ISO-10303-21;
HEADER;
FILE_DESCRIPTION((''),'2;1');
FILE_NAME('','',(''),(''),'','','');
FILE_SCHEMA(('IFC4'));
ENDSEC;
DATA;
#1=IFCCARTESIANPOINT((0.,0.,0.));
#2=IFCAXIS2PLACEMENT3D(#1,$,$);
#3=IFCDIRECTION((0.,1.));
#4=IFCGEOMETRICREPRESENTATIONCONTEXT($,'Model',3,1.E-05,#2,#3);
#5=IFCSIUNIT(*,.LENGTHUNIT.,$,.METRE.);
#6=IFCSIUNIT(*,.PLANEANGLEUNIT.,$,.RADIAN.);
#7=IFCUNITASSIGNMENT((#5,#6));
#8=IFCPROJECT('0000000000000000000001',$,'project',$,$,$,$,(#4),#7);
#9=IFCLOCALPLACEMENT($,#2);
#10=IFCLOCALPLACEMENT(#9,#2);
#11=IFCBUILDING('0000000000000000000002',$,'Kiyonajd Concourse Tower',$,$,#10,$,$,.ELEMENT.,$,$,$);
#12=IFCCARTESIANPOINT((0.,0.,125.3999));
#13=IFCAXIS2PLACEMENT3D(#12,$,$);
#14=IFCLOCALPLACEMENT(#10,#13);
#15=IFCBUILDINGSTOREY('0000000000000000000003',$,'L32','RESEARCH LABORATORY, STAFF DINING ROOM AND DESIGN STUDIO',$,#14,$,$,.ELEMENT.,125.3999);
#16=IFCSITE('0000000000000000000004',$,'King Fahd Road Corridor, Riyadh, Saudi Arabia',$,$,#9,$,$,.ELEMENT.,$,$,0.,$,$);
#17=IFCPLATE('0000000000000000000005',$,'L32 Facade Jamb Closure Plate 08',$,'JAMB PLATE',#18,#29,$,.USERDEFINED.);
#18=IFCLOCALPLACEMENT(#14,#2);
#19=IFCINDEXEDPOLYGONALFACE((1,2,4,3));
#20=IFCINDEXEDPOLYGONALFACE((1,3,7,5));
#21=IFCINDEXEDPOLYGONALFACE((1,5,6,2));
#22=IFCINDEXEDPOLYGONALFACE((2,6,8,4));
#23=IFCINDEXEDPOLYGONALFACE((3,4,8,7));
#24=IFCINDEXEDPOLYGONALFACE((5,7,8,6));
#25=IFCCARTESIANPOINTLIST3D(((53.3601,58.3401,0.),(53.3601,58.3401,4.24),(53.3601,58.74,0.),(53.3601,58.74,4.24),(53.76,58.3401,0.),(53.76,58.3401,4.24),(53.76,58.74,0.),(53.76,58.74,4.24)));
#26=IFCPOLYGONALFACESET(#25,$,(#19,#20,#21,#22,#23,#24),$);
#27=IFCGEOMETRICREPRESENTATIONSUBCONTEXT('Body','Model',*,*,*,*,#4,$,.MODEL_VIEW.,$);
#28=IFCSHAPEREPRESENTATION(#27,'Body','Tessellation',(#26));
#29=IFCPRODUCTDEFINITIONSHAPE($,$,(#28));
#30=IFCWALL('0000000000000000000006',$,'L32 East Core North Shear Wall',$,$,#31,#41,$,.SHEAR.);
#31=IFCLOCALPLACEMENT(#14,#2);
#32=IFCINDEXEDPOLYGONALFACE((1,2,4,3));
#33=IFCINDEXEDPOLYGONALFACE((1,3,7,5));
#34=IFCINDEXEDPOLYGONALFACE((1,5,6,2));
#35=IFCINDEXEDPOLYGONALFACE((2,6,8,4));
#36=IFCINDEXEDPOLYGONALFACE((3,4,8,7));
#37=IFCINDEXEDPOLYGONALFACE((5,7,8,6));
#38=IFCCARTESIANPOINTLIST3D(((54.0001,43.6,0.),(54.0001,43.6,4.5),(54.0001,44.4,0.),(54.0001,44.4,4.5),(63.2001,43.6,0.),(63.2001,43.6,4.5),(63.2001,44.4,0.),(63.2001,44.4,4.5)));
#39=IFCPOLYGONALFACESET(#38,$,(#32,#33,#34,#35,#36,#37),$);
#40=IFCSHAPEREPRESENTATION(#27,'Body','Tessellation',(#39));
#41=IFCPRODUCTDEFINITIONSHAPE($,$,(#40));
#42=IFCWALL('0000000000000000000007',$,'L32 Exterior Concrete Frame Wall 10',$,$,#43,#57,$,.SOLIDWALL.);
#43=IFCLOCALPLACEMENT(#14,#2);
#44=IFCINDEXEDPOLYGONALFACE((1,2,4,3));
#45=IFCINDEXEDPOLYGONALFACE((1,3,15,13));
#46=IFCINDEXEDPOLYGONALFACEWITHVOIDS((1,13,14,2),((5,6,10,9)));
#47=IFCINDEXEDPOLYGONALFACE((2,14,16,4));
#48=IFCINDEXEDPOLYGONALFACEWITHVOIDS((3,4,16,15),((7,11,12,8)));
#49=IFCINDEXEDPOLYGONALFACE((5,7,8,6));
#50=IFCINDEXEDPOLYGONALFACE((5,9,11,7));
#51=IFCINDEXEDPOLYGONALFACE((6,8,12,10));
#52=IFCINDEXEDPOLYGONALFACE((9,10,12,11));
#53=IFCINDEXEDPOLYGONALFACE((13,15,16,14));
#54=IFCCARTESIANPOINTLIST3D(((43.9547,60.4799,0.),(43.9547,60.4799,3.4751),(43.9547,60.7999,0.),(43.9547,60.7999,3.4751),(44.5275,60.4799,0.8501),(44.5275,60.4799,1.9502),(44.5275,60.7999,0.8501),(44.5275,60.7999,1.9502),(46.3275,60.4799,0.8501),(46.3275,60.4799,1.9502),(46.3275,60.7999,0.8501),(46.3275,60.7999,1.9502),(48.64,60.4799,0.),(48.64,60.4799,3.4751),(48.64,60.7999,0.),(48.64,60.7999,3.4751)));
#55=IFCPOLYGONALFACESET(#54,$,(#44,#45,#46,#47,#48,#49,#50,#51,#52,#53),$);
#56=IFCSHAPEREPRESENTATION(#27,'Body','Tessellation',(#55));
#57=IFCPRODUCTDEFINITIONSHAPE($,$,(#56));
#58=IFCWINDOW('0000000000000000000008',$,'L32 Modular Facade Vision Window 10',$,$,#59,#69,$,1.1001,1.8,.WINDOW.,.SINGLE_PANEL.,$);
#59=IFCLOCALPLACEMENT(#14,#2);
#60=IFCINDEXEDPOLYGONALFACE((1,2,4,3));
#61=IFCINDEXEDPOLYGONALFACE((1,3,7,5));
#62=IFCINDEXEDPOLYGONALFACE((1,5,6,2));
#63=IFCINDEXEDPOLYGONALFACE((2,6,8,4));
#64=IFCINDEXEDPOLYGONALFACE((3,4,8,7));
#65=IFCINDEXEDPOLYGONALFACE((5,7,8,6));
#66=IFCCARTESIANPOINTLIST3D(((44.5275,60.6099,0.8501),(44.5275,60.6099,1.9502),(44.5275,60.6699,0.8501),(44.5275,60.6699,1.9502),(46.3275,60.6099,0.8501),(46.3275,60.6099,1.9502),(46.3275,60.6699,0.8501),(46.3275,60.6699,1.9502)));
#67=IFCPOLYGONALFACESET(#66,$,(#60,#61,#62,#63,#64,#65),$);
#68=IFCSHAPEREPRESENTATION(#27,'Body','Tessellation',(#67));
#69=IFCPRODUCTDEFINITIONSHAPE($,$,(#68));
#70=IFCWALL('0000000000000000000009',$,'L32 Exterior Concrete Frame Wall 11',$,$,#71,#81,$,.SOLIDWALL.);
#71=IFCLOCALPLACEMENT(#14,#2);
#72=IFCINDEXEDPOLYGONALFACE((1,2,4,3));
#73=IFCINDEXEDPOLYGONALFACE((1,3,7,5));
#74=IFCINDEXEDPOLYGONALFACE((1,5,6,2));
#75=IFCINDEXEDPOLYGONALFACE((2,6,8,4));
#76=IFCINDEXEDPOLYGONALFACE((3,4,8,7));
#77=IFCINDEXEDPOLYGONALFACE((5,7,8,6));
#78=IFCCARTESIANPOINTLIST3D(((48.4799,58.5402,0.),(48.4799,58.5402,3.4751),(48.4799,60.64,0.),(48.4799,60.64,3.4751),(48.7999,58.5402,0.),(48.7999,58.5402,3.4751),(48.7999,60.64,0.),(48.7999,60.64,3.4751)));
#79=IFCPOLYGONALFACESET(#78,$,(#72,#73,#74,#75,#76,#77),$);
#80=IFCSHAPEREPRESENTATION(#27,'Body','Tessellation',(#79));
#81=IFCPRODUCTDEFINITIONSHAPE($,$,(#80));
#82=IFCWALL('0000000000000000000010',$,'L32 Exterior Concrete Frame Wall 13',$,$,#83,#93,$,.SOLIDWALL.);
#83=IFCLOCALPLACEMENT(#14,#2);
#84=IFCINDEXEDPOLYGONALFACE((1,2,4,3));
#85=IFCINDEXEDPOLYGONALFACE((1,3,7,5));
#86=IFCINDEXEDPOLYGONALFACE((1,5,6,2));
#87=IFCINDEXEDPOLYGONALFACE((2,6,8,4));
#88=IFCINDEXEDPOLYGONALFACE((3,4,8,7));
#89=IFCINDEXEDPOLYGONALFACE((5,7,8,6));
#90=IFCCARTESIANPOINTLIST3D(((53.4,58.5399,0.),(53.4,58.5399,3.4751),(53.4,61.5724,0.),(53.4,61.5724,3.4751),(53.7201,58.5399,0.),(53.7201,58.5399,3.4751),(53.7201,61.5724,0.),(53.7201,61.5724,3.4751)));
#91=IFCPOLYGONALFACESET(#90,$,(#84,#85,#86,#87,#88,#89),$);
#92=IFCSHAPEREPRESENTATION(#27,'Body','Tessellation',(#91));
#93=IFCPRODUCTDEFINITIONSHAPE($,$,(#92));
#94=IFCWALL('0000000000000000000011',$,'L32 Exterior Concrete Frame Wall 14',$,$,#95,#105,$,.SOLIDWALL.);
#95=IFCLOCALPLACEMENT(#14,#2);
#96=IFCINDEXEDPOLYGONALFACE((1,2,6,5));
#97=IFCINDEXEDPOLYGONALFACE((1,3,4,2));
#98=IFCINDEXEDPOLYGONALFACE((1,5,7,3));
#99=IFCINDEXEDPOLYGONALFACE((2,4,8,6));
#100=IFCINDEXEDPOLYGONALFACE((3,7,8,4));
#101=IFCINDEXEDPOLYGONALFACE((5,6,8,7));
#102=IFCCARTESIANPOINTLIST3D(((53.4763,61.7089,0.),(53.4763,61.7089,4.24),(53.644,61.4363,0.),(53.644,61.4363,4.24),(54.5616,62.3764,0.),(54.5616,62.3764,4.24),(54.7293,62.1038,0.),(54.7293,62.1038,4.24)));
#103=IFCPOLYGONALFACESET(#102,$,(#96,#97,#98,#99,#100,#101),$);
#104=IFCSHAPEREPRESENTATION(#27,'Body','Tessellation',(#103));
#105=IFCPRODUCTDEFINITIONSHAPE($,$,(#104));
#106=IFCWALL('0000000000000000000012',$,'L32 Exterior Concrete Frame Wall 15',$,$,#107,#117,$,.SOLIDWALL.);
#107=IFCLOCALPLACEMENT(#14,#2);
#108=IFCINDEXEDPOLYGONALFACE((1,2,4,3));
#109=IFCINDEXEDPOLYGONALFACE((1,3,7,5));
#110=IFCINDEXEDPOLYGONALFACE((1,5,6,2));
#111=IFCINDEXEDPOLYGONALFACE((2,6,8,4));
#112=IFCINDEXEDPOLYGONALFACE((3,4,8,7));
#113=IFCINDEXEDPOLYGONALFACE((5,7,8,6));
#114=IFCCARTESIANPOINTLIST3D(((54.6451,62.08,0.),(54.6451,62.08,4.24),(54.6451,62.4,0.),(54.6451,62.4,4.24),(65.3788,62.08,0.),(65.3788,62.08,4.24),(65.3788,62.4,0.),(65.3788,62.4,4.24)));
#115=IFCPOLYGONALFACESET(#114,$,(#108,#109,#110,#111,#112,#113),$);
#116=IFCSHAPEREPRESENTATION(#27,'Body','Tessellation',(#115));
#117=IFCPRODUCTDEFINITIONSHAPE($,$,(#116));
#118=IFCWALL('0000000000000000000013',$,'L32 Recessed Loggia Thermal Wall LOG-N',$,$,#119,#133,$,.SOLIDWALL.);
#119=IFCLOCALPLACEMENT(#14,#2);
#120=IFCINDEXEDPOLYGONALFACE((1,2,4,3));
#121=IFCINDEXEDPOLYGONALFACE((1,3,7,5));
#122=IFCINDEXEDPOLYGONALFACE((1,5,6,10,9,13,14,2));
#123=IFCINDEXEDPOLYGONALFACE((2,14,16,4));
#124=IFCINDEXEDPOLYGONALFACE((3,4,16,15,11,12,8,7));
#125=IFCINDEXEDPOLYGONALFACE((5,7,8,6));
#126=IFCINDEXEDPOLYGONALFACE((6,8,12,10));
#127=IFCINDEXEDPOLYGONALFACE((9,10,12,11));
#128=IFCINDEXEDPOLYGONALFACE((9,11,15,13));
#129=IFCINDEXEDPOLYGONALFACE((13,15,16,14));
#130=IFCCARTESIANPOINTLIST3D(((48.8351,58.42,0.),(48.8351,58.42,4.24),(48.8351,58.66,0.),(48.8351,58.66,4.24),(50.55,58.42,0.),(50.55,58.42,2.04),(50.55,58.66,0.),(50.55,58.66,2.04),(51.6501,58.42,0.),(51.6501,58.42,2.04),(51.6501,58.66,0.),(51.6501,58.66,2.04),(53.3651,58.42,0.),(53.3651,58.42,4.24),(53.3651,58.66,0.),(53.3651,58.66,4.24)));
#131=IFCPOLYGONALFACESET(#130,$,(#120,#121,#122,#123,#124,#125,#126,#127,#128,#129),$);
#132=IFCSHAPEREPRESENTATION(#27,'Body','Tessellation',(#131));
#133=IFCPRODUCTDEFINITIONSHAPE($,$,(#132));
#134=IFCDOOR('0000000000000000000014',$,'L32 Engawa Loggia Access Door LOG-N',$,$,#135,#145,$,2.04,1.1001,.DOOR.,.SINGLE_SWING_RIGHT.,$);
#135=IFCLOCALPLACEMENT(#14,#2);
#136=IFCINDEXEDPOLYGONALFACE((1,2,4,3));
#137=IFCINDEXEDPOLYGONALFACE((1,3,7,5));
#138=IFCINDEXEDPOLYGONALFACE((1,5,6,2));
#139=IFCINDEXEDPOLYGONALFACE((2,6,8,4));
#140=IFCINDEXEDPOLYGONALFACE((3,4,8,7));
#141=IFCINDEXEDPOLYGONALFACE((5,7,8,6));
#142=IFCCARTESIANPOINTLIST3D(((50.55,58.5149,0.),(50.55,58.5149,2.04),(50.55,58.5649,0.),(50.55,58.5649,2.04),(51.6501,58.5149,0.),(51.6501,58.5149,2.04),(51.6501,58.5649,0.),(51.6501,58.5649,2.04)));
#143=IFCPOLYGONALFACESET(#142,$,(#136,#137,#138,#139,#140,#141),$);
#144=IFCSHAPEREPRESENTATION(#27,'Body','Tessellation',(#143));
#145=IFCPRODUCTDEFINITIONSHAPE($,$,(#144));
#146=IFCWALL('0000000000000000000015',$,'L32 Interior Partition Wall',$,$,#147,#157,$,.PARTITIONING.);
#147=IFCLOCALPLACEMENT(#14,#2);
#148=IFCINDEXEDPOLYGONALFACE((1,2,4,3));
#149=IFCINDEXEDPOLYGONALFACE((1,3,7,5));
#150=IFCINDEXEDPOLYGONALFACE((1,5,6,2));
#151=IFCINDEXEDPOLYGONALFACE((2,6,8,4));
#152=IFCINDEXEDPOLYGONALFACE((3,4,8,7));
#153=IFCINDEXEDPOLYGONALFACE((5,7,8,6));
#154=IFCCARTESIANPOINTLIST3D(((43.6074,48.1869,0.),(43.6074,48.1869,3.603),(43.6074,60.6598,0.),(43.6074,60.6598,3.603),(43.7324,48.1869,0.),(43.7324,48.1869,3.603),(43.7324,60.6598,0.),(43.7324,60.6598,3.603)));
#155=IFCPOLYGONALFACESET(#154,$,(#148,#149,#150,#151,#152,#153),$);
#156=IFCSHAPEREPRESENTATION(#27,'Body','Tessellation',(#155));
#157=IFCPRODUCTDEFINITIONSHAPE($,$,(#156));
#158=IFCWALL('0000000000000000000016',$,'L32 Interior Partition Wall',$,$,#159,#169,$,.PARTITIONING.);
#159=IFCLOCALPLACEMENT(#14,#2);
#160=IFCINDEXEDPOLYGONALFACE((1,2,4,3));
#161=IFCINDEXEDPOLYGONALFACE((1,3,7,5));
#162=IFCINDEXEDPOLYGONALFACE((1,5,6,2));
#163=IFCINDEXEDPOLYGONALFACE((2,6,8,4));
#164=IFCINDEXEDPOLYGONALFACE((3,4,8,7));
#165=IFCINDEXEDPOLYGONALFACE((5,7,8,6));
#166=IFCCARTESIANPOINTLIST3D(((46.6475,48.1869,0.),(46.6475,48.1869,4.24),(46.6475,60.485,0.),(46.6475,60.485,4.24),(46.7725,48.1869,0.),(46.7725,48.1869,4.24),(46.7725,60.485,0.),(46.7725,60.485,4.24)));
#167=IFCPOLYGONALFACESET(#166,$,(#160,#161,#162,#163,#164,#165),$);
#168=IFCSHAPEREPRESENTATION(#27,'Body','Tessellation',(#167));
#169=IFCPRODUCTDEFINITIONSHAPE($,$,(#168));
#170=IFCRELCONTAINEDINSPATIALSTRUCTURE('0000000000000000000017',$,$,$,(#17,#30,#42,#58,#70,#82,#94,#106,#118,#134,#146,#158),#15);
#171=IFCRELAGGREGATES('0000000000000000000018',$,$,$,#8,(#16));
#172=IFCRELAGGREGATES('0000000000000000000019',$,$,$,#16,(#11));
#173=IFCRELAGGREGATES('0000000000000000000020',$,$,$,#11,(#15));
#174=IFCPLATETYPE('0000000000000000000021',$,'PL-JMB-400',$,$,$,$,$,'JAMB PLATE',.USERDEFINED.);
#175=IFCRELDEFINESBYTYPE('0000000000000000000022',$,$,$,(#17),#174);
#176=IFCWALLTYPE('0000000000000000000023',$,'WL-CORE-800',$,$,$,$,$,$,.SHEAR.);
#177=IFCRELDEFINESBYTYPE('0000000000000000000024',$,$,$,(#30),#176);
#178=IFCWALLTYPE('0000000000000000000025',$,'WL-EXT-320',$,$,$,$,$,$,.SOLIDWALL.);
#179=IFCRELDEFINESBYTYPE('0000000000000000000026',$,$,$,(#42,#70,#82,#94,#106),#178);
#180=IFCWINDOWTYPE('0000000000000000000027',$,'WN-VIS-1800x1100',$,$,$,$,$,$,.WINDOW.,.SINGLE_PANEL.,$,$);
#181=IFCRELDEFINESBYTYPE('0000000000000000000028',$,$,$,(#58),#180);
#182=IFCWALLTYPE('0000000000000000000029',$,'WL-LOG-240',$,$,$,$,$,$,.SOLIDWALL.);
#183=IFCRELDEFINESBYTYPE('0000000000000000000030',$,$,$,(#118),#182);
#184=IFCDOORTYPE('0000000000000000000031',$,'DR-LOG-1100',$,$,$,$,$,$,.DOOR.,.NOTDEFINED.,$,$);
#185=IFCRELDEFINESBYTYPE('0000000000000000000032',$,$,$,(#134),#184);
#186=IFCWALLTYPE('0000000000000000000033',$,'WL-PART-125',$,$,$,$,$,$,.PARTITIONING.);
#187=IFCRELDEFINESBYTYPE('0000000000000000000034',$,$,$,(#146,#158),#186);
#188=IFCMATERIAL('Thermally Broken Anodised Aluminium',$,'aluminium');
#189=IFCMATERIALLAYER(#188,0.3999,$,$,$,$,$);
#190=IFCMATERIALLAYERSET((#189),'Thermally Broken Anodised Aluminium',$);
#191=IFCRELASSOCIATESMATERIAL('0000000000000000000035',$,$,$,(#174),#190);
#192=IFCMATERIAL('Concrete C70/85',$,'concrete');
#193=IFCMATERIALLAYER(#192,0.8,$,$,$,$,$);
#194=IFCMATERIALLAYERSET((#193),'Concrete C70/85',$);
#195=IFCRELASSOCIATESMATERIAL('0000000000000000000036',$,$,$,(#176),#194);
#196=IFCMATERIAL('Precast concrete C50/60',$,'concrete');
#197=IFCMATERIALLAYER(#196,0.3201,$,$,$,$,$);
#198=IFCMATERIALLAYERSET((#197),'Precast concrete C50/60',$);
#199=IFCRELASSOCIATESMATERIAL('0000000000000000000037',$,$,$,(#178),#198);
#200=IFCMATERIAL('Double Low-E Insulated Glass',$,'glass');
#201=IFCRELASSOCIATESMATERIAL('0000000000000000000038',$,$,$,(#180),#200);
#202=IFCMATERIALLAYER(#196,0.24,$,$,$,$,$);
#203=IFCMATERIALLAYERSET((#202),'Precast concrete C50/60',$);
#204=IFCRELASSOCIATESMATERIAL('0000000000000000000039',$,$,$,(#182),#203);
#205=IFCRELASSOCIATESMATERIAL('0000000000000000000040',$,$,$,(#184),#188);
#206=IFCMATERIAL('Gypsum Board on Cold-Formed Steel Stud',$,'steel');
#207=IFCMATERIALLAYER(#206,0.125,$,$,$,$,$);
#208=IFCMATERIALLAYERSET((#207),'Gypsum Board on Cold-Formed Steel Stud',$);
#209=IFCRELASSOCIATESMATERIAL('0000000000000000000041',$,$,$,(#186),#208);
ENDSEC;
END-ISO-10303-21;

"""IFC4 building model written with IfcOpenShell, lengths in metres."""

from ifc_helpers import new_model, si_unit, direction, frame, frame_2d, origin, origin_2d, place, context, subcontext, project, spatial, rectangle, extrude, material, layer, layer_set, type_object, element, fill, save


model = new_model("IFC4")

# Units and contexts
model_context = context("Model", 3, precision=1e-05, world=origin(), true_north=direction((0.0, 1.0)))
body_context = subcontext(model_context, "Body", "Model", "MODEL_VIEW")
ifc_project = project(units=[si_unit("LENGTHUNIT", "METRE"), si_unit("PLANEANGLEUNIT", "RADIAN")], contexts=[model_context])

# Site, building, storey
site_placement = place(None, origin())
site = spatial("IfcSite", under=ifc_project, at=site_placement, Name="King Fahd Road Corridor, Riyadh, Saudi Arabia", CompositionType="ELEMENT", RefElevation=0.0)
building_placement = place(site_placement, origin())
building = spatial("IfcBuilding", under=site, at=building_placement, Name="Kiyonajd Concourse Tower", CompositionType="ELEMENT")
storey_placement = place(building_placement, frame((0.0, 0.0, 125.3999)))
storey = spatial("IfcBuildingStorey", under=building, at=storey_placement, Name="L32", Description="RESEARCH LABORATORY, STAFF DINING ROOM AND DESIGN STUDIO", CompositionType="ELEMENT", Elevation=125.3999)

# Shared definitions
ifc_material_1 = material(Name="Concrete C70/85", Category="concrete")

# Shared definitions
ifc_material_2 = material(Name="Precast concrete C50/60", Category="concrete")

# Plate
ifc_material_3 = material(Name="Thermally Broken Anodised Aluminium", Category="aluminium")
ifc_layer_1 = layer(ifc_material_3, 0.3999)
ifc_layer_set_1 = layer_set([ifc_layer_1], Name="Thermally Broken Anodised Aluminium")
plate_type = type_object("IfcPlateType", Name="PL-JMB-400", ElementType="JAMB PLATE", PredefinedType="USERDEFINED", material=ifc_layer_set_1)
for number, where, z_axis, x_axis, name in (
    (1, (53.5601, 58.54, 0.0), (0.0, 0.0, 1.0), (1.0, 0.0, 0.0), "L32 Facade Jamb Closure Plate 08"),
):
    element("IfcPlate", number, at=place(storey_placement, frame(where, z_axis=z_axis, x_axis=x_axis)), inside=storey, type_object=plate_type, Name=name, ObjectType="JAMB PLATE", PredefinedType="USERDEFINED", context=body_context, shape_type="SweptSolid", body=[
        extrude(rectangle(XDim=0.3999, YDim=0.3999, at=origin_2d()), origin(), (0.0, 0.0, 1.0), 4.24),
    ])

# Wall
ifc_layer_2 = layer(ifc_material_1, 0.8)
ifc_layer_set_2 = layer_set([ifc_layer_2], Name="Concrete C70/85")
wall_type_1 = type_object("IfcWallType", Name="WL-CORE-800", PredefinedType="SHEAR", material=ifc_layer_set_2)
wall_1_placement = place(storey_placement, frame((54.0, 44.0, 0.0), z_axis=(0.0, 0.0, 1.0), x_axis=(1.0, 0.0, 0.0)))
element("IfcWall", 2, at=wall_1_placement, inside=storey, type_object=wall_type_1, Name="L32 East Core North Shear Wall", PredefinedType="SHEAR", context=body_context, shape_type="SweptSolid", body=[
    extrude(rectangle(XDim=9.2, YDim=0.8, at=frame_2d((4.6001, 0.0))), origin(), (0.0, 0.0, 1.0), 4.5),
])

# Wall, opening, window
ifc_layer_3 = layer(ifc_material_2, 0.3201)
ifc_layer_set_3 = layer_set([ifc_layer_3], Name="Precast concrete C50/60")
wall_type_2 = type_object("IfcWallType", Name="WL-EXT-320", PredefinedType="SOLIDWALL", material=ifc_layer_set_3)
wall_2_placement = place(storey_placement, frame((43.9546, 60.6399, 0.0), z_axis=(0.0, 0.0, 1.0), x_axis=(1.0, 0.0, 0.0)))
wall_2 = element("IfcWall", 3, at=wall_2_placement, inside=storey, type_object=wall_type_2, Name="L32 Exterior Concrete Frame Wall 10", PredefinedType="SOLIDWALL", context=body_context, shape_type="SweptSolid", body=[
    extrude(rectangle(XDim=4.6853, YDim=0.3201, at=frame_2d((2.3428, 0.0))), origin(), (0.0, 0.0, 1.0), 3.4751),
])
opening_1_placement = place(wall_2_placement, frame((0.573, 0.0, 0.8501)))
opening_1 = element("IfcOpeningElement", 4, at=opening_1_placement, cuts=wall_2, PredefinedType="OPENING", context=body_context, shape_type="SweptSolid", body=[
    extrude(rectangle(XDim=1.8, YDim=1.1001, at=frame_2d((0.8999, 0.55))), frame((0.0, 0.1699, 0.0), z_axis=(0.0, -1.0, 0.0), x_axis=(1.0, 0.0, 0.0)), (0.0, 0.0, 1.0), 0.3401),
])
ifc_material_4 = material(Name="Double Low-E Insulated Glass", Category="glass")
window_type = type_object("IfcWindowType", Name="WN-VIS-1800x1100", PartitioningType="SINGLE_PANEL", PredefinedType="WINDOW", material=ifc_material_4)
window_placement = place(opening_1_placement, origin())
window = element("IfcWindow", 5, at=window_placement, inside=storey, type_object=window_type, Name="L32 Modular Facade Vision Window 10", OverallHeight=1.1001, OverallWidth=1.8, PartitioningType="SINGLE_PANEL", PredefinedType="WINDOW", context=body_context, shape_type="SweptSolid", body=[
    extrude(rectangle(XDim=1.8, YDim=1.1001, at=frame_2d((0.8999, 0.55))), frame((0.0, 0.03, 0.0), z_axis=(0.0, -1.0, 0.0), x_axis=(1.0, 0.0, 0.0)), (0.0, 0.0, 1.0), 0.0601),
])
fill(opening_1, window)

# Walls
wall_3_placement = place(storey_placement, frame((48.6399, 60.6399, 0.0), z_axis=(0.0, 0.0, 1.0), x_axis=(0.0, -1.0, 0.0)))
element("IfcWall", 6, at=wall_3_placement, inside=storey, type_object=wall_type_2, Name="L32 Exterior Concrete Frame Wall 11", PredefinedType="SOLIDWALL", context=body_context, shape_type="SweptSolid", body=[
    extrude(rectangle(XDim=2.0999, YDim=0.3201, at=frame_2d((1.0498, 0.0))), origin(), (0.0, 0.0, 1.0), 3.4751),
])
wall_4_placement = place(storey_placement, frame((53.5601, 58.54, 0.0), z_axis=(0.0, 0.0, 1.0), x_axis=(0.0, 1.0, 0.0)))
element("IfcWall", 7, at=wall_4_placement, inside=storey, type_object=wall_type_2, Name="L32 Exterior Concrete Frame Wall 13", PredefinedType="SOLIDWALL", context=body_context, shape_type="SweptSolid", body=[
    extrude(rectangle(XDim=3.0325, YDim=0.3201, at=frame_2d((1.5161, 0.0))), origin(), (0.0, 0.0, 1.0), 3.4751),
])
wall_5_placement = place(storey_placement, frame((53.5601, 61.5725, 0.0), z_axis=(0.0, 0.0, 1.0), x_axis=(0.851777, 0.523905, 0.0)))
element("IfcWall", 8, at=wall_5_placement, inside=storey, type_object=wall_type_2, Name="L32 Exterior Concrete Frame Wall 14", PredefinedType="SOLIDWALL", context=body_context, shape_type="SweptSolid", body=[
    extrude(rectangle(XDim=1.2742, YDim=0.3201, at=frame_2d((0.6372, 0.0))), origin(), (0.0, 0.0, 1.0), 4.24),
])
wall_6_placement = place(storey_placement, frame((54.6453, 62.24, 0.0), z_axis=(0.0, 0.0, 1.0), x_axis=(1.0, 0.0, 0.0)))
element("IfcWall", 9, at=wall_6_placement, inside=storey, type_object=wall_type_2, Name="L32 Exterior Concrete Frame Wall 15", PredefinedType="SOLIDWALL", context=body_context, shape_type="SweptSolid", body=[
    extrude(rectangle(XDim=10.7336, YDim=0.3201, at=frame_2d((5.3667, 0.0))), origin(), (0.0, 0.0, 1.0), 4.24),
])

# Wall, opening, door
ifc_layer_4 = layer(ifc_material_2, 0.24)
ifc_layer_set_4 = layer_set([ifc_layer_4], Name="Precast concrete C50/60")
wall_type_3 = type_object("IfcWallType", Name="WL-LOG-240", PredefinedType="SOLIDWALL", material=ifc_layer_set_4)
wall_7_placement = place(storey_placement, frame((48.835, 58.54, 0.0), z_axis=(0.0, 0.0, 1.0), x_axis=(1.0, 0.0, 0.0)))
wall_7 = element("IfcWall", 10, at=wall_7_placement, inside=storey, type_object=wall_type_3, Name="L32 Recessed Loggia Thermal Wall LOG-N", PredefinedType="SOLIDWALL", context=body_context, shape_type="SweptSolid", body=[
    extrude(rectangle(XDim=4.53, YDim=0.24, at=frame_2d((2.2651, 0.0))), origin(), (0.0, 0.0, 1.0), 4.24),
])
opening_2_placement = place(wall_7_placement, frame((1.7151, 0.0, 0.0)))
opening_2 = element("IfcOpeningElement", 11, at=opening_2_placement, cuts=wall_7, PredefinedType="OPENING", context=body_context, shape_type="SweptSolid", body=[
    extrude(rectangle(XDim=1.1001, YDim=2.04, at=frame_2d((0.55, 1.02))), frame((0.0, 0.1299, 0.0), z_axis=(0.0, -1.0, 0.0), x_axis=(1.0, 0.0, 0.0)), (0.0, 0.0, 1.0), 0.26),
])
door_type = type_object("IfcDoorType", Name="DR-LOG-1100", OperationType="NOTDEFINED", PredefinedType="DOOR", material=ifc_material_3)
door_placement = place(opening_2_placement, origin())
door = element("IfcDoor", 12, at=door_placement, inside=storey, type_object=door_type, Name="L32 Engawa Loggia Access Door LOG-N", OperationType="SINGLE_SWING_RIGHT", OverallHeight=2.04, OverallWidth=1.1001, PredefinedType="DOOR", context=body_context, shape_type="SweptSolid", body=[
    extrude(rectangle(XDim=1.1001, YDim=2.04, at=frame_2d((0.55, 1.02))), frame((0.0, 0.0249, 0.0), z_axis=(0.0, -1.0, 0.0), x_axis=(1.0, 0.0, 0.0)), (0.0, 0.0, 1.0), 0.05),
])
fill(opening_2, door)

# Walls
ifc_material_5 = material(Name="Gypsum Board on Cold-Formed Steel Stud", Category="steel")
ifc_layer_5 = layer(ifc_material_5, 0.125)
ifc_layer_set_5 = layer_set([ifc_layer_5], Name="Gypsum Board on Cold-Formed Steel Stud")
wall_type_4 = type_object("IfcWallType", Name="WL-PART-125", PredefinedType="PARTITIONING", material=ifc_layer_set_5)
wall_8_placement = place(storey_placement, frame((43.6699, 48.187, 0.0), z_axis=(0.0, 0.0, 1.0), x_axis=(0.0, 1.0, 0.0)))
element("IfcWall", 13, at=wall_8_placement, inside=storey, type_object=wall_type_4, Name="L32 Interior Partition Wall", PredefinedType="PARTITIONING", context=body_context, shape_type="SweptSolid", body=[
    extrude(rectangle(XDim=12.4729, YDim=0.125, at=frame_2d((6.2363, 0.0))), origin(), (0.0, 0.0, 1.0), 3.603),
])
wall_9_placement = place(storey_placement, frame((46.71, 48.187, 0.0), z_axis=(0.0, 0.0, 1.0), x_axis=(0.0, 1.0, 0.0)))
element("IfcWall", 14, at=wall_9_placement, inside=storey, type_object=wall_type_4, Name="L32 Interior Partition Wall", PredefinedType="PARTITIONING", context=body_context, shape_type="SweptSolid", body=[
    extrude(rectangle(XDim=12.2981, YDim=0.125, at=frame_2d((6.1489, 0.0))), origin(), (0.0, 0.0, 1.0), 4.24),
])

save(model, "model.ifc")
